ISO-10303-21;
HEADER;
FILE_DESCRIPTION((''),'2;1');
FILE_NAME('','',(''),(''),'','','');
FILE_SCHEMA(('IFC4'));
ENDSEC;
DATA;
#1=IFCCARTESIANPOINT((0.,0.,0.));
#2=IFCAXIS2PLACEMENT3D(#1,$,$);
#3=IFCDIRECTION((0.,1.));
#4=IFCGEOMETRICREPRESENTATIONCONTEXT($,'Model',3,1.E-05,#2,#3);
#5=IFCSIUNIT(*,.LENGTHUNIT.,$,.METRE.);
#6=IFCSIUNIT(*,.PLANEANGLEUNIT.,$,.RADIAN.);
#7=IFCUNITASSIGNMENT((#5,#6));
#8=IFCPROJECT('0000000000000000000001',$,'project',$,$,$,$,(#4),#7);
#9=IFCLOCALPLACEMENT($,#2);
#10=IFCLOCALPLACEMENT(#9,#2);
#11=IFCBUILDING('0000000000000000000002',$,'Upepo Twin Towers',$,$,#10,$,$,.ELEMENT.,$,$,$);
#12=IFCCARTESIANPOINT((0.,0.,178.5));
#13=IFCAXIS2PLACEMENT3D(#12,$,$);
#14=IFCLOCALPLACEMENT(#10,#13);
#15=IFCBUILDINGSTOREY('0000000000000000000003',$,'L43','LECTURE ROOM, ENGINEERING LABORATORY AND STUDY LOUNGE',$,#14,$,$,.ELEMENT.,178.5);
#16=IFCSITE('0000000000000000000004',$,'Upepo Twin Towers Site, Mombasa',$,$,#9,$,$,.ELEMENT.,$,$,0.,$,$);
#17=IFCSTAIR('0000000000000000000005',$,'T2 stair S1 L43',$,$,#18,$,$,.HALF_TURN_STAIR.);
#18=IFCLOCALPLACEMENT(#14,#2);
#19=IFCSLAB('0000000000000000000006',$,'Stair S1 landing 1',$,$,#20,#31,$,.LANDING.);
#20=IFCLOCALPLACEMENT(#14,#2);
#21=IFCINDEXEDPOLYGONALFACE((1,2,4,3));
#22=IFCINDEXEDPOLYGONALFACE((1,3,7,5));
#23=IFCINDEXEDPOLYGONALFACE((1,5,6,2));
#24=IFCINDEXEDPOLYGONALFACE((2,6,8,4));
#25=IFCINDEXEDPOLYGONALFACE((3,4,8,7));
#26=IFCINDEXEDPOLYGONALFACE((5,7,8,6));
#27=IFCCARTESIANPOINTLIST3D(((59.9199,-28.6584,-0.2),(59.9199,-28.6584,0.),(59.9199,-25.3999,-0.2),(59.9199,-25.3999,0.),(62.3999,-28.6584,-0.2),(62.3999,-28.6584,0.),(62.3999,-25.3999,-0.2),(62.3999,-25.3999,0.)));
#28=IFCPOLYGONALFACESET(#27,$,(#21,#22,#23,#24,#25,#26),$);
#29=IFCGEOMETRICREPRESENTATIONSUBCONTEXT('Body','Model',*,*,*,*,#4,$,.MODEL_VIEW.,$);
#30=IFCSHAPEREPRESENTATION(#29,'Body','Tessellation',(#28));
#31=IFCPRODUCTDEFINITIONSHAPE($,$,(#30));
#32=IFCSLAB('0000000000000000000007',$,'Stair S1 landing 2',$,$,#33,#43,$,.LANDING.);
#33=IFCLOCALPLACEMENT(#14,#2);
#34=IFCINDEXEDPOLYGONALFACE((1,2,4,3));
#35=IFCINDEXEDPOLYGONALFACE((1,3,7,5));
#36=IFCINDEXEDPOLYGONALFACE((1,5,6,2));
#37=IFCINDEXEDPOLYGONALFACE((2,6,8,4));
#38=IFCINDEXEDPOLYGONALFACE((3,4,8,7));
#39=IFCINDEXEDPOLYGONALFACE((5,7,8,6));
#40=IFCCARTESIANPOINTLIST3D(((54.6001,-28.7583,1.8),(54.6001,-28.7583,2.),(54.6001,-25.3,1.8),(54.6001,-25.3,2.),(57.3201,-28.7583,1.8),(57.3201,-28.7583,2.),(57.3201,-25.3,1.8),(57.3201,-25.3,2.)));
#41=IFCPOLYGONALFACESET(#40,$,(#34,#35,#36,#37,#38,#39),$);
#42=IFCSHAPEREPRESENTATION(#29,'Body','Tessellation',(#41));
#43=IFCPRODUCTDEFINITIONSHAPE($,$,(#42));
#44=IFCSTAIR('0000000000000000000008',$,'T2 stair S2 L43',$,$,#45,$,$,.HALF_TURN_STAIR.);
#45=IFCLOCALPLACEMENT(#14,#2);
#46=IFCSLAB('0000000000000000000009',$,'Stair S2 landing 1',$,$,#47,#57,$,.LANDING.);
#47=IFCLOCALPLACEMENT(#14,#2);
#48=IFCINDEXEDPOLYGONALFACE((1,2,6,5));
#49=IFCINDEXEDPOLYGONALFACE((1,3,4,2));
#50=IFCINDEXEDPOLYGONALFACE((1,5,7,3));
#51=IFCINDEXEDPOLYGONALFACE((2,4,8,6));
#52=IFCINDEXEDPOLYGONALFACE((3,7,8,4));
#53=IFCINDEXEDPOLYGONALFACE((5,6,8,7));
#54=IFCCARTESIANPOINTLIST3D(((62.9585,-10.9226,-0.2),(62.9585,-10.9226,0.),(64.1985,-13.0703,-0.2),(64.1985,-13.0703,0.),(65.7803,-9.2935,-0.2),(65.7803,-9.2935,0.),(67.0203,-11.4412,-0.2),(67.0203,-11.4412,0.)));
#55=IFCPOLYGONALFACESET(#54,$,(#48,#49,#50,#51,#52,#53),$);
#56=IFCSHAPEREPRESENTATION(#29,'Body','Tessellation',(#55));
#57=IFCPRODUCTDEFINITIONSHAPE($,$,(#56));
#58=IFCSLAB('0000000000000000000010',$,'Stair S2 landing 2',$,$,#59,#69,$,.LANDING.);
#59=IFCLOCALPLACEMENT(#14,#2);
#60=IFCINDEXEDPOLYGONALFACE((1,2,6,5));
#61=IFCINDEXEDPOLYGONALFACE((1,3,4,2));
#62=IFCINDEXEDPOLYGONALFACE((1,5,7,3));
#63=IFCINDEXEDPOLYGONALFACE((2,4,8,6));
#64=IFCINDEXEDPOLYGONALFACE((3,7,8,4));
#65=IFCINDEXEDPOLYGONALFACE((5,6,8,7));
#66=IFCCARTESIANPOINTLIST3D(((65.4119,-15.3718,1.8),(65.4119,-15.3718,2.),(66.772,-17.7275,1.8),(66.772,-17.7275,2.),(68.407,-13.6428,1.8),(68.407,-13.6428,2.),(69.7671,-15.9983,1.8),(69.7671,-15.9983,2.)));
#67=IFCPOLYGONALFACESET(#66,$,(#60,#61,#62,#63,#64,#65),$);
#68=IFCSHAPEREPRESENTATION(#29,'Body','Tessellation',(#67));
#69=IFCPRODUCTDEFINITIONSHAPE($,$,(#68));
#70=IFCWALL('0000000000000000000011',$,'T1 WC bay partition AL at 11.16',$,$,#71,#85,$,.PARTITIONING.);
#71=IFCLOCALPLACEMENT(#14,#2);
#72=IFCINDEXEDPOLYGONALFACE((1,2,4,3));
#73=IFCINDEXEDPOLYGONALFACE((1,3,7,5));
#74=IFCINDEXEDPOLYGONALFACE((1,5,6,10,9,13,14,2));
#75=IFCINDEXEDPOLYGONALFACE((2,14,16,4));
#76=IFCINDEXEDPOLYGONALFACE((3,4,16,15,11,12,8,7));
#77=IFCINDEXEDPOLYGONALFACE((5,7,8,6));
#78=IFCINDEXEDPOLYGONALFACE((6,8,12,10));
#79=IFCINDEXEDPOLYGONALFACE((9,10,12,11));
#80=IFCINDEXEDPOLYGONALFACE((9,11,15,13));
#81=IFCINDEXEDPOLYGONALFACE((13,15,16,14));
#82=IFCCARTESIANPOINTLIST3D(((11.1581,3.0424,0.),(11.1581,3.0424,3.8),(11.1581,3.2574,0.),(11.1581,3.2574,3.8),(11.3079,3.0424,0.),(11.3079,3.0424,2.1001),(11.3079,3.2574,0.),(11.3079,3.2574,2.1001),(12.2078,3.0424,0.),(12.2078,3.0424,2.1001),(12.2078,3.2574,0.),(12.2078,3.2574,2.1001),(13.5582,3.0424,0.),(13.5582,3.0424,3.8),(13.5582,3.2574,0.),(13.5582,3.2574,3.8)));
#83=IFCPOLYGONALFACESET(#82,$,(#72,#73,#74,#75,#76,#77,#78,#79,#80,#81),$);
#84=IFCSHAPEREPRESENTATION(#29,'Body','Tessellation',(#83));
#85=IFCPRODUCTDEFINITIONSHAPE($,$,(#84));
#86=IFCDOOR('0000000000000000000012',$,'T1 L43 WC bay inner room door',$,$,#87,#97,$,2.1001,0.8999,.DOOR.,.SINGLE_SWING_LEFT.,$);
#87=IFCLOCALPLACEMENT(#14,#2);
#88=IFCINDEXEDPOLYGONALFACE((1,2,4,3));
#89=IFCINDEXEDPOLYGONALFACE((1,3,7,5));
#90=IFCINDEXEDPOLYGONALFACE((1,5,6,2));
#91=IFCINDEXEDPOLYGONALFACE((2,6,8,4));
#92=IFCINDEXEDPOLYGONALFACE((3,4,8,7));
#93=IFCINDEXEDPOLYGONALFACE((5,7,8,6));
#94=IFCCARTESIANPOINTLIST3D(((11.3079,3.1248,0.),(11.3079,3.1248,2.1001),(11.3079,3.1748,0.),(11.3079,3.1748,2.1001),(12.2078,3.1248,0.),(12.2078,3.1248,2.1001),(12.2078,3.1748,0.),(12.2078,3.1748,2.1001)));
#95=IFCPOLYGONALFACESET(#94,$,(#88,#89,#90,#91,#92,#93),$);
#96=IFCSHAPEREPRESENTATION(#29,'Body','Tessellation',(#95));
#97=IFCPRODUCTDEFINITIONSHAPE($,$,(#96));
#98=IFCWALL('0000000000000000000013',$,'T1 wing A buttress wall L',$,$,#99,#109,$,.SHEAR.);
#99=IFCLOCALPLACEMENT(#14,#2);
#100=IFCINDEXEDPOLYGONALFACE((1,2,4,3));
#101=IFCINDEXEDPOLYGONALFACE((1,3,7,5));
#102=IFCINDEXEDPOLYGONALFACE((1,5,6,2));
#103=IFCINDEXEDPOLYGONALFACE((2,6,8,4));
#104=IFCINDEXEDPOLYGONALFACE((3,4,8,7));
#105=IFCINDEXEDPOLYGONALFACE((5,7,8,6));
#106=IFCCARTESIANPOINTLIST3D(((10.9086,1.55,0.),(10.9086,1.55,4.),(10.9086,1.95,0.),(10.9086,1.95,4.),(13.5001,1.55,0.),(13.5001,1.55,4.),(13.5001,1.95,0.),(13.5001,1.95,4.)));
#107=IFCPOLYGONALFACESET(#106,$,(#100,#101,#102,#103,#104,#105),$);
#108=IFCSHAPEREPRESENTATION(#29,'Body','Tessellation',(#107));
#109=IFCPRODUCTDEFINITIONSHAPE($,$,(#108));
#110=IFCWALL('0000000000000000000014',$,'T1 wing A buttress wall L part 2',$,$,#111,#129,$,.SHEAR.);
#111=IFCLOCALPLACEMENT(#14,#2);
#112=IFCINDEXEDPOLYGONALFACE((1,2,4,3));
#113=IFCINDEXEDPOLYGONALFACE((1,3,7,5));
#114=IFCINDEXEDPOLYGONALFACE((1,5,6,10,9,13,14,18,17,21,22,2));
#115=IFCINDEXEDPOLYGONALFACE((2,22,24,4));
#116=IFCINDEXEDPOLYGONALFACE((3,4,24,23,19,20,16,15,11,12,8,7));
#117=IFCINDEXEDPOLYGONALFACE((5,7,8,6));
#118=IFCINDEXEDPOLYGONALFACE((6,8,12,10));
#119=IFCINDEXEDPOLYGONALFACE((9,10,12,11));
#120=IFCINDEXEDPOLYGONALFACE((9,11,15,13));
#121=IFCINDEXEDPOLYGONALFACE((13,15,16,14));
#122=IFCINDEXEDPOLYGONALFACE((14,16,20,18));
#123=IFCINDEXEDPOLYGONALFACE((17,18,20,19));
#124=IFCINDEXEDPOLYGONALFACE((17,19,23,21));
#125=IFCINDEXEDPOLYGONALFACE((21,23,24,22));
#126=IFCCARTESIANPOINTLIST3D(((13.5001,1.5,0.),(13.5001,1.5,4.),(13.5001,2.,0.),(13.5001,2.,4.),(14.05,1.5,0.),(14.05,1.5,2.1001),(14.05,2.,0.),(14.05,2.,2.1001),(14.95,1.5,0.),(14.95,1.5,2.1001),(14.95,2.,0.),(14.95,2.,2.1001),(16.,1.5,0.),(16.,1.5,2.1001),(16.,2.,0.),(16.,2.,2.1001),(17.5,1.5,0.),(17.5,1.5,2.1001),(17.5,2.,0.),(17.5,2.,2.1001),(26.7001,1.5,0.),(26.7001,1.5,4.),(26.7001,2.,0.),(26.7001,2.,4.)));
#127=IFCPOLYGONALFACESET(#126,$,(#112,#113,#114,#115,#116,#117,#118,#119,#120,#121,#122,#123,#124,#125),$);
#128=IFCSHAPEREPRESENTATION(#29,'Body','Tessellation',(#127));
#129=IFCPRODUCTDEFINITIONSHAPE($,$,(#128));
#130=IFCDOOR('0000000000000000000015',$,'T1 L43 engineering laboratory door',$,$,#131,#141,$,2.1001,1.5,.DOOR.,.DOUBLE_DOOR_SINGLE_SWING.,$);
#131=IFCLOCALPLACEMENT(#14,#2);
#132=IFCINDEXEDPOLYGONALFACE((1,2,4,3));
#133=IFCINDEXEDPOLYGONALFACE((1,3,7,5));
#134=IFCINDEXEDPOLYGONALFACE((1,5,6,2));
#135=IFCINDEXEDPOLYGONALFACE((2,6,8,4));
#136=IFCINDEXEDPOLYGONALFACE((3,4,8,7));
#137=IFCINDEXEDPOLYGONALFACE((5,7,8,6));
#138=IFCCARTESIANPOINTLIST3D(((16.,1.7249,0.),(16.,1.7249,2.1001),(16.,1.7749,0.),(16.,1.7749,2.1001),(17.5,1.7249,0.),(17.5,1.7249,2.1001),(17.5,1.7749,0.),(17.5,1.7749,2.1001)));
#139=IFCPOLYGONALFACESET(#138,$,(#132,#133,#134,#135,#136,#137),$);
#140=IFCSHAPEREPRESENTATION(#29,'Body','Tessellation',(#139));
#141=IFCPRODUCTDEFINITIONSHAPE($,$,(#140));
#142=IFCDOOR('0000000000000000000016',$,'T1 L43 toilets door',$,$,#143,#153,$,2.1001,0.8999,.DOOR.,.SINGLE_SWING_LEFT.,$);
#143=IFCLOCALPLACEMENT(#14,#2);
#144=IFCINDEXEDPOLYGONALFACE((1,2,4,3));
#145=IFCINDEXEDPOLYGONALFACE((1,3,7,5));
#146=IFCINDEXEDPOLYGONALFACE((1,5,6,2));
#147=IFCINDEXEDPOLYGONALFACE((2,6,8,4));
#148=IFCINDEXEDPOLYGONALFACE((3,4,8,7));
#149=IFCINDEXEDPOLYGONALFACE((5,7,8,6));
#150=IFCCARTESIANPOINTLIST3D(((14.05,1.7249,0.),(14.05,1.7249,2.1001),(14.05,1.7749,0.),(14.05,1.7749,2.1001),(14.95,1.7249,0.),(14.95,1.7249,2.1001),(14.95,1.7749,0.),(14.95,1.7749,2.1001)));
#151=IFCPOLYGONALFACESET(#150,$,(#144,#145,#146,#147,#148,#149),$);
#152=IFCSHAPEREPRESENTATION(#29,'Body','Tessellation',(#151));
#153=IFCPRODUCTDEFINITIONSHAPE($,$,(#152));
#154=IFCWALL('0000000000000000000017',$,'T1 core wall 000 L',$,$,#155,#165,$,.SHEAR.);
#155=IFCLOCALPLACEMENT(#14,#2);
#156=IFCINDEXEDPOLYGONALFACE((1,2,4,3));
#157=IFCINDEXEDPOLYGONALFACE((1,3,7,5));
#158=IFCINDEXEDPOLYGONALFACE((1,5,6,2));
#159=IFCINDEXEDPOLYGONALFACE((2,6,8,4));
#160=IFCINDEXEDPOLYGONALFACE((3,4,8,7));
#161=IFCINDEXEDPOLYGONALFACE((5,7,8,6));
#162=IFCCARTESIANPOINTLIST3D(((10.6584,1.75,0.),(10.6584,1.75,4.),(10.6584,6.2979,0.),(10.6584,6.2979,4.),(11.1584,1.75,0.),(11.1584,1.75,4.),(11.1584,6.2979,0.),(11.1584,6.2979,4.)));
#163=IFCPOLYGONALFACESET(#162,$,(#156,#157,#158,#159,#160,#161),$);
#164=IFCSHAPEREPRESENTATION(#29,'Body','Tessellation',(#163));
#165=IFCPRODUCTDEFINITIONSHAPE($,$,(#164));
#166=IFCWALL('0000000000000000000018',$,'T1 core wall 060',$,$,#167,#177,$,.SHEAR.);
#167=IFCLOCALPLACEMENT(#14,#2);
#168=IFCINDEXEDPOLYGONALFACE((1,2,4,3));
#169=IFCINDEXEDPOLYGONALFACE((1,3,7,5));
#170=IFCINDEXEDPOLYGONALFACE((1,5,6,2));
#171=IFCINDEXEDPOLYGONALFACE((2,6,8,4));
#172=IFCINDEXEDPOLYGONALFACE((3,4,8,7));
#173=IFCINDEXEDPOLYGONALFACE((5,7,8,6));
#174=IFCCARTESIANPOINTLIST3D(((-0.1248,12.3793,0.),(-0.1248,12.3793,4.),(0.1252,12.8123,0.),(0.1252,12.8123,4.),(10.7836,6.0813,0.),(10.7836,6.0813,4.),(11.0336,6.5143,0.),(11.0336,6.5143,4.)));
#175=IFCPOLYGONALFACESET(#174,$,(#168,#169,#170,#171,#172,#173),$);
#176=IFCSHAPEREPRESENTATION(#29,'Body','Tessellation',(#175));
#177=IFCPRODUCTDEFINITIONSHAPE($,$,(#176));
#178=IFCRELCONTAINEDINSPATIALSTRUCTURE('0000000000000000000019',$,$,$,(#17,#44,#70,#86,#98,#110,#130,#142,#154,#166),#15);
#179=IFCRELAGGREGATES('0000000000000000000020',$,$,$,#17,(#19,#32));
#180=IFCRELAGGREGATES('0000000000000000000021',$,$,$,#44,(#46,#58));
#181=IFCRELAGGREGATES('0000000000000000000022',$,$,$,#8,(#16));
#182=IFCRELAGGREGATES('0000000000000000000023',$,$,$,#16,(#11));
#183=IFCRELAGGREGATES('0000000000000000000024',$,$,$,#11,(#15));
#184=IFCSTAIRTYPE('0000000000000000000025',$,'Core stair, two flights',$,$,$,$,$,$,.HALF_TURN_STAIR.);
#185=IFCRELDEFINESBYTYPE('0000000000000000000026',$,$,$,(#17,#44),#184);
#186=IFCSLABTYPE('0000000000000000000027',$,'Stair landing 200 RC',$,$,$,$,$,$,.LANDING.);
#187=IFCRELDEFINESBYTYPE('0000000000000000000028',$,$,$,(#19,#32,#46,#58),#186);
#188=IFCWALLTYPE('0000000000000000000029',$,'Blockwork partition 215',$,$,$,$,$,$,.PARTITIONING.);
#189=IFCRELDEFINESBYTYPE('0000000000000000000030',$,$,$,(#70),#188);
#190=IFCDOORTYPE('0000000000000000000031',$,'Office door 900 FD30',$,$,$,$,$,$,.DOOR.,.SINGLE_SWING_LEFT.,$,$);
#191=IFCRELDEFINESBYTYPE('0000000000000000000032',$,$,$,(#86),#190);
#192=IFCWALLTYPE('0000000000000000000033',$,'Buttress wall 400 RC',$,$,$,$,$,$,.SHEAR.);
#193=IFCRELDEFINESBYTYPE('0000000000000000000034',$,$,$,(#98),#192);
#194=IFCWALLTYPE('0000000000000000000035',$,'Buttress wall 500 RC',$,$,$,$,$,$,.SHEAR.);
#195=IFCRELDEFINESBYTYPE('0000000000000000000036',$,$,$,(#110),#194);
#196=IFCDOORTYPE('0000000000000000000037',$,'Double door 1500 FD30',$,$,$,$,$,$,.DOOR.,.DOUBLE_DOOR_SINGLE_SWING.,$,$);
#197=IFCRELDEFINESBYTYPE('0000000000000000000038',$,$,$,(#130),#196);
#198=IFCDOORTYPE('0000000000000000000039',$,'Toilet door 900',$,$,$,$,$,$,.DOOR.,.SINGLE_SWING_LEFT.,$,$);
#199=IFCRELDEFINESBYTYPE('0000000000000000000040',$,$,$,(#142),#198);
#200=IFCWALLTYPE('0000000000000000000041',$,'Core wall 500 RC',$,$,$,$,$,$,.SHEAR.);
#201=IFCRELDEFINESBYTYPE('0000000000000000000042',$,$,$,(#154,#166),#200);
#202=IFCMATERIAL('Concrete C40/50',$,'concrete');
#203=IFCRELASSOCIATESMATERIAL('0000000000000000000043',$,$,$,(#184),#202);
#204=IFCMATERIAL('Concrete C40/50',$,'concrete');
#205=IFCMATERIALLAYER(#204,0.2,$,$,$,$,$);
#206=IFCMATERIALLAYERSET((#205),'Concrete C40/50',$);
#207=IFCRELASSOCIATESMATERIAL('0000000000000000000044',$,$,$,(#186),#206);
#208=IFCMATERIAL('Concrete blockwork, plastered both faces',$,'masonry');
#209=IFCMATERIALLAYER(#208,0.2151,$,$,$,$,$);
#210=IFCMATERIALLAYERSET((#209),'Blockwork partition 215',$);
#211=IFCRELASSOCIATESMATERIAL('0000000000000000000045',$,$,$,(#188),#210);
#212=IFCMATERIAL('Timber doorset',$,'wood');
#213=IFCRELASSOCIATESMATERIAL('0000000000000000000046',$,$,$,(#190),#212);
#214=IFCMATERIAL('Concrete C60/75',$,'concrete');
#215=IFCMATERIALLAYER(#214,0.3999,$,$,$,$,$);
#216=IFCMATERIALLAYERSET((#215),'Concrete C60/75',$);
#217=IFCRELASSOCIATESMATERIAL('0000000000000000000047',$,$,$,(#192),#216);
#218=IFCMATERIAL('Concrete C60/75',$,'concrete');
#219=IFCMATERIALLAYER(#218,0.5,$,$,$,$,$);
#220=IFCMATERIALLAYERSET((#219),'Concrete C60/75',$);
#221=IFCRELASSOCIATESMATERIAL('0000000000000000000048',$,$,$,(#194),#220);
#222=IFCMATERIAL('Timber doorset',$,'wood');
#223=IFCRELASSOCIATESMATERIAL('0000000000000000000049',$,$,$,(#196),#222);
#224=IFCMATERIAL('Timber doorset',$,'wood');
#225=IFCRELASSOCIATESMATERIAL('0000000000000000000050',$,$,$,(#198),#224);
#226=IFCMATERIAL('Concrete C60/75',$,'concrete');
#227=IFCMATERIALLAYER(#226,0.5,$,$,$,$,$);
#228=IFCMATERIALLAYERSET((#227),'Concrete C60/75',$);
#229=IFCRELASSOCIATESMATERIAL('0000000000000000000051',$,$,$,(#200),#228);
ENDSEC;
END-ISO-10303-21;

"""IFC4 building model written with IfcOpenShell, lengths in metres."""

from ifc_helpers import new_model, si_unit, direction, frame, frame_2d, origin, place, context, subcontext, project, spatial, polyline, rectangle, outline, extrude, material, layer, layer_set, type_object, element, fill, aggregate, save


model = new_model("IFC4")

# Units and contexts
model_context = context("Model", 3, precision=1e-05, world=origin(), true_north=direction((0.0, 1.0)))
body_context = subcontext(model_context, "Body", "Model", "MODEL_VIEW")
ifc_project = project(units=[si_unit("LENGTHUNIT", "METRE"), si_unit("PLANEANGLEUNIT", "RADIAN")], contexts=[model_context])

# Site, building, storey
site_placement = place(None, origin())
site = spatial("IfcSite", under=ifc_project, at=site_placement, Name="Upepo Twin Towers Site, Mombasa", CompositionType="ELEMENT", RefElevation=0.0)
building_placement = place(site_placement, origin())
building = spatial("IfcBuilding", under=site, at=building_placement, Name="Upepo Twin Towers", CompositionType="ELEMENT")
storey_placement = place(building_placement, frame((0.0, 0.0, 178.5)))
storey = spatial("IfcBuildingStorey", under=building, at=storey_placement, Name="L43", Description="LECTURE ROOM, ENGINEERING LABORATORY AND STUDY LOUNGE", CompositionType="ELEMENT", Elevation=178.5)

# Shared definitions
ifc_material_1 = material(Name="Concrete C40/50", Category="concrete")
stair_type = type_object("IfcStairType", Name="Core stair, two flights", PredefinedType="HALF_TURN_STAIR", material=ifc_material_1)
ifc_material_2 = material(Name="Concrete C40/50", Category="concrete")
ifc_layer_1 = layer(ifc_material_2, 0.2)
ifc_layer_set_1 = layer_set([ifc_layer_1], Name="Concrete C40/50")
slab_type = type_object("IfcSlabType", Name="Stair landing 200 RC", PredefinedType="LANDING", material=ifc_layer_set_1)

# Stairs, slabs
stair_1_placement = place(storey_placement, origin())
stair_1 = element("IfcStair", 1, at=stair_1_placement, inside=storey, type_object=stair_type, Name="T2 stair S1 L43", PredefinedType="HALF_TURN_STAIR")
slab_1_placement = place(storey_placement, frame((0.0, 0.0, -0.2)))
slab_1 = element("IfcSlab", 2, at=slab_1_placement, type_object=slab_type, Name="Stair S1 landing 1", PredefinedType="LANDING", context=body_context, shape_type="SweptSolid", body=[
    extrude(outline(polyline([(59.9199, -25.3999), (59.9199, -28.6584), (62.3999, -28.6584), (62.3999, -25.3999), (59.9199, -25.3999)])), origin(), (0.0, 0.0, 1.0), 0.2),
])
slab_2_placement = place(storey_placement, frame((0.0, 0.0, 1.8)))
slab_2 = element("IfcSlab", 3, at=slab_2_placement, type_object=slab_type, Name="Stair S1 landing 2", PredefinedType="LANDING", context=body_context, shape_type="SweptSolid", body=[
    extrude(outline(polyline([(54.6001, -25.3), (54.6001, -28.7583), (57.3201, -28.7583), (57.3201, -25.3), (54.6001, -25.3)])), origin(), (0.0, 0.0, 1.0), 0.2),
])
aggregate(stair_1, [slab_1, slab_2])
stair_2_placement = place(storey_placement, origin())
stair_2 = element("IfcStair", 4, at=stair_2_placement, inside=storey, type_object=stair_type, Name="T2 stair S2 L43", PredefinedType="HALF_TURN_STAIR")
slab_3_placement = place(storey_placement, frame((0.0, 0.0, -0.2)))
slab_3 = element("IfcSlab", 5, at=slab_3_placement, type_object=slab_type, Name="Stair S2 landing 1", PredefinedType="LANDING", context=body_context, shape_type="SweptSolid", body=[
    extrude(outline(polyline([(64.1985, -13.0703), (67.0203, -11.4412), (65.7803, -9.2935), (62.9585, -10.9226), (64.1985, -13.0703)])), origin(), (0.0, 0.0, 1.0), 0.2),
])
slab_4_placement = place(storey_placement, frame((0.0, 0.0, 1.8)))
slab_4 = element("IfcSlab", 6, at=slab_4_placement, type_object=slab_type, Name="Stair S2 landing 2", PredefinedType="LANDING", context=body_context, shape_type="SweptSolid", body=[
    extrude(outline(polyline([(66.772, -17.7275), (69.7671, -15.9983), (68.407, -13.6428), (65.4119, -15.3718), (66.772, -17.7275)])), origin(), (0.0, 0.0, 1.0), 0.2),
])
aggregate(stair_2, [slab_3, slab_4])

# Wall, opening, door
ifc_material_3 = material(Name="Concrete blockwork, plastered both faces", Category="masonry")
ifc_layer_2 = layer(ifc_material_3, 0.2151)
ifc_layer_set_2 = layer_set([ifc_layer_2], Name="Blockwork partition 215")
wall_type_1 = type_object("IfcWallType", Name="Blockwork partition 215", PredefinedType="PARTITIONING", material=ifc_layer_set_2)
wall_1_placement = place(storey_placement, frame((11.158, 3.1499, 0.0), z_axis=(0.0, 0.0, 1.0), x_axis=(1.0, 0.0, 0.0)))
wall_1 = element("IfcWall", 7, at=wall_1_placement, inside=storey, type_object=wall_type_1, Name="T1 WC bay partition AL at 11.16", PredefinedType="PARTITIONING", context=body_context, shape_type="SweptSolid", body=[
    extrude(rectangle(XDim=2.4001, YDim=0.2151, at=frame_2d((1.2002, 0.0))), origin(), (0.0, 0.0, 1.0), 3.8),
])
opening_1_placement = place(wall_1_placement, frame((0.1499, 0.0, 0.0)))
opening_1 = element("IfcOpeningElement", 8, at=opening_1_placement, cuts=wall_1, PredefinedType="OPENING", context=body_context, shape_type="SweptSolid", body=[
    extrude(rectangle(XDim=0.8999, YDim=2.1001, at=frame_2d((0.45, 1.05))), frame((0.0, 0.1174, 0.0), z_axis=(0.0, -1.0, 0.0), x_axis=(1.0, 0.0, 0.0)), (0.0, 0.0, 1.0), 0.2351),
])
ifc_material_4 = material(Name="Timber doorset", Category="wood")
door_type_1 = type_object("IfcDoorType", Name="Office door 900 FD30", OperationType="SINGLE_SWING_LEFT", PredefinedType="DOOR", material=ifc_material_4)
door_1_placement = place(opening_1_placement, origin())
door_1 = element("IfcDoor", 9, at=door_1_placement, inside=storey, type_object=door_type_1, Name="T1 L43 WC bay inner room door", OperationType="SINGLE_SWING_LEFT", OverallHeight=2.1001, OverallWidth=0.8999, PredefinedType="DOOR", context=body_context, shape_type="SweptSolid", body=[
    extrude(rectangle(XDim=0.8999, YDim=2.1001, at=frame_2d((0.45, 1.05))), frame((0.0, 0.0249, 0.0), z_axis=(0.0, -1.0, 0.0), x_axis=(1.0, 0.0, 0.0)), (0.0, 0.0, 1.0), 0.05),
])
fill(opening_1, door_1)

# Wall
ifc_material_5 = material(Name="Concrete C60/75", Category="concrete")
ifc_layer_3 = layer(ifc_material_5, 0.3999)
ifc_layer_set_3 = layer_set([ifc_layer_3], Name="Concrete C60/75")
wall_type_2 = type_object("IfcWallType", Name="Buttress wall 400 RC", PredefinedType="SHEAR", material=ifc_layer_set_3)
wall_2_placement = place(storey_placement, frame((10.9084, 1.75, 0.0), z_axis=(0.0, 0.0, 1.0), x_axis=(1.0, 0.0, 0.0)))
element("IfcWall", 10, at=wall_2_placement, inside=storey, type_object=wall_type_2, Name="T1 wing A buttress wall L", PredefinedType="SHEAR", context=body_context, shape_type="SweptSolid", body=[
    extrude(rectangle(XDim=2.5916, YDim=0.3999, at=frame_2d((1.2959, 0.0))), origin(), (0.0, 0.0, 1.0), 4.0),
])

# Wall, openings, doors
ifc_material_6 = material(Name="Concrete C60/75", Category="concrete")
ifc_layer_4 = layer(ifc_material_6, 0.5)
ifc_layer_set_4 = layer_set([ifc_layer_4], Name="Concrete C60/75")
wall_type_3 = type_object("IfcWallType", Name="Buttress wall 500 RC", PredefinedType="SHEAR", material=ifc_layer_set_4)
wall_3_placement = place(storey_placement, frame((13.5, 1.75, 0.0), z_axis=(0.0, 0.0, 1.0), x_axis=(1.0, 0.0, 0.0)))
wall_3 = element("IfcWall", 11, at=wall_3_placement, inside=storey, type_object=wall_type_3, Name="T1 wing A buttress wall L part 2", PredefinedType="SHEAR", context=body_context, shape_type="SweptSolid", body=[
    extrude(rectangle(XDim=13.2, YDim=0.5, at=frame_2d((6.6001, 0.0))), origin(), (0.0, 0.0, 1.0), 4.0),
])
opening_2_placement = place(wall_3_placement, frame((0.55, 0.0, 0.0)))
opening_2 = element("IfcOpeningElement", 12, at=opening_2_placement, cuts=wall_3, PredefinedType="OPENING", context=body_context, shape_type="SweptSolid", body=[
    extrude(rectangle(XDim=0.8999, YDim=2.1001, at=frame_2d((0.45, 1.05))), frame((0.0, 0.26, 0.0), z_axis=(0.0, -1.0, 0.0), x_axis=(1.0, 0.0, 0.0)), (0.0, 0.0, 1.0), 0.52),
])
opening_3_placement = place(wall_3_placement, frame((2.5, 0.0, 0.0)))
opening_3 = element("IfcOpeningElement", 13, at=opening_3_placement, cuts=wall_3, PredefinedType="OPENING", context=body_context, shape_type="SweptSolid", body=[
    extrude(rectangle(XDim=1.5, YDim=2.1001, at=frame_2d((0.75, 1.05))), frame((0.0, 0.26, 0.0), z_axis=(0.0, -1.0, 0.0), x_axis=(1.0, 0.0, 0.0)), (0.0, 0.0, 1.0), 0.52),
])
ifc_material_7 = material(Name="Timber doorset", Category="wood")
door_type_2 = type_object("IfcDoorType", Name="Double door 1500 FD30", OperationType="DOUBLE_DOOR_SINGLE_SWING", PredefinedType="DOOR", material=ifc_material_7)
door_2_placement = place(opening_3_placement, origin())
door_2 = element("IfcDoor", 14, at=door_2_placement, inside=storey, type_object=door_type_2, Name="T1 L43 engineering laboratory door", OperationType="DOUBLE_DOOR_SINGLE_SWING", OverallHeight=2.1001, OverallWidth=1.5, PredefinedType="DOOR", context=body_context, shape_type="SweptSolid", body=[
    extrude(rectangle(XDim=1.5, YDim=2.1001, at=frame_2d((0.75, 1.05))), frame((0.0, 0.0249, 0.0), z_axis=(0.0, -1.0, 0.0), x_axis=(1.0, 0.0, 0.0)), (0.0, 0.0, 1.0), 0.05),
])
fill(opening_3, door_2)
ifc_material_8 = material(Name="Timber doorset", Category="wood")
door_type_3 = type_object("IfcDoorType", Name="Toilet door 900", OperationType="SINGLE_SWING_LEFT", PredefinedType="DOOR", material=ifc_material_8)
door_3_placement = place(opening_2_placement, origin())
door_3 = element("IfcDoor", 15, at=door_3_placement, inside=storey, type_object=door_type_3, Name="T1 L43 toilets door", OperationType="SINGLE_SWING_LEFT", OverallHeight=2.1001, OverallWidth=0.8999, PredefinedType="DOOR", context=body_context, shape_type="SweptSolid", body=[
    extrude(rectangle(XDim=0.8999, YDim=2.1001, at=frame_2d((0.45, 1.05))), frame((0.0, 0.0249, 0.0), z_axis=(0.0, -1.0, 0.0), x_axis=(1.0, 0.0, 0.0)), (0.0, 0.0, 1.0), 0.05),
])
fill(opening_2, door_3)

# Walls
ifc_material_9 = material(Name="Concrete C60/75", Category="concrete")
ifc_layer_5 = layer(ifc_material_9, 0.5)
ifc_layer_set_5 = layer_set([ifc_layer_5], Name="Concrete C60/75")
wall_type_4 = type_object("IfcWallType", Name="Core wall 500 RC", PredefinedType="SHEAR", material=ifc_layer_set_5)
wall_4_placement = place(storey_placement, frame((10.9084, 1.75, 0.0), z_axis=(0.0, 0.0, 1.0), x_axis=(0.0, 1.0, 0.0)))
element("IfcWall", 16, at=wall_4_placement, inside=storey, type_object=wall_type_4, Name="T1 core wall 000 L", PredefinedType="SHEAR", context=body_context, shape_type="SweptSolid", body=[
    extrude(rectangle(XDim=4.5479, YDim=0.5, at=frame_2d((2.2739, 0.0))), origin(), (0.0, 0.0, 1.0), 4.0),
])
wall_5_placement = place(storey_placement, frame((10.9084, 6.2979, 0.0), z_axis=(0.0, 0.0, 1.0), x_axis=(-0.866022, 0.500006, 0.0)))
element("IfcWall", 17, at=wall_5_placement, inside=storey, type_object=wall_type_4, Name="T1 core wall 060", PredefinedType="SHEAR", context=body_context, shape_type="SweptSolid", body=[
    extrude(rectangle(XDim=12.5959, YDim=0.5, at=frame_2d((6.2979, 0.0))), origin(), (0.0, 0.0, 1.0), 4.0),
])

save(model, "model.ifc")
